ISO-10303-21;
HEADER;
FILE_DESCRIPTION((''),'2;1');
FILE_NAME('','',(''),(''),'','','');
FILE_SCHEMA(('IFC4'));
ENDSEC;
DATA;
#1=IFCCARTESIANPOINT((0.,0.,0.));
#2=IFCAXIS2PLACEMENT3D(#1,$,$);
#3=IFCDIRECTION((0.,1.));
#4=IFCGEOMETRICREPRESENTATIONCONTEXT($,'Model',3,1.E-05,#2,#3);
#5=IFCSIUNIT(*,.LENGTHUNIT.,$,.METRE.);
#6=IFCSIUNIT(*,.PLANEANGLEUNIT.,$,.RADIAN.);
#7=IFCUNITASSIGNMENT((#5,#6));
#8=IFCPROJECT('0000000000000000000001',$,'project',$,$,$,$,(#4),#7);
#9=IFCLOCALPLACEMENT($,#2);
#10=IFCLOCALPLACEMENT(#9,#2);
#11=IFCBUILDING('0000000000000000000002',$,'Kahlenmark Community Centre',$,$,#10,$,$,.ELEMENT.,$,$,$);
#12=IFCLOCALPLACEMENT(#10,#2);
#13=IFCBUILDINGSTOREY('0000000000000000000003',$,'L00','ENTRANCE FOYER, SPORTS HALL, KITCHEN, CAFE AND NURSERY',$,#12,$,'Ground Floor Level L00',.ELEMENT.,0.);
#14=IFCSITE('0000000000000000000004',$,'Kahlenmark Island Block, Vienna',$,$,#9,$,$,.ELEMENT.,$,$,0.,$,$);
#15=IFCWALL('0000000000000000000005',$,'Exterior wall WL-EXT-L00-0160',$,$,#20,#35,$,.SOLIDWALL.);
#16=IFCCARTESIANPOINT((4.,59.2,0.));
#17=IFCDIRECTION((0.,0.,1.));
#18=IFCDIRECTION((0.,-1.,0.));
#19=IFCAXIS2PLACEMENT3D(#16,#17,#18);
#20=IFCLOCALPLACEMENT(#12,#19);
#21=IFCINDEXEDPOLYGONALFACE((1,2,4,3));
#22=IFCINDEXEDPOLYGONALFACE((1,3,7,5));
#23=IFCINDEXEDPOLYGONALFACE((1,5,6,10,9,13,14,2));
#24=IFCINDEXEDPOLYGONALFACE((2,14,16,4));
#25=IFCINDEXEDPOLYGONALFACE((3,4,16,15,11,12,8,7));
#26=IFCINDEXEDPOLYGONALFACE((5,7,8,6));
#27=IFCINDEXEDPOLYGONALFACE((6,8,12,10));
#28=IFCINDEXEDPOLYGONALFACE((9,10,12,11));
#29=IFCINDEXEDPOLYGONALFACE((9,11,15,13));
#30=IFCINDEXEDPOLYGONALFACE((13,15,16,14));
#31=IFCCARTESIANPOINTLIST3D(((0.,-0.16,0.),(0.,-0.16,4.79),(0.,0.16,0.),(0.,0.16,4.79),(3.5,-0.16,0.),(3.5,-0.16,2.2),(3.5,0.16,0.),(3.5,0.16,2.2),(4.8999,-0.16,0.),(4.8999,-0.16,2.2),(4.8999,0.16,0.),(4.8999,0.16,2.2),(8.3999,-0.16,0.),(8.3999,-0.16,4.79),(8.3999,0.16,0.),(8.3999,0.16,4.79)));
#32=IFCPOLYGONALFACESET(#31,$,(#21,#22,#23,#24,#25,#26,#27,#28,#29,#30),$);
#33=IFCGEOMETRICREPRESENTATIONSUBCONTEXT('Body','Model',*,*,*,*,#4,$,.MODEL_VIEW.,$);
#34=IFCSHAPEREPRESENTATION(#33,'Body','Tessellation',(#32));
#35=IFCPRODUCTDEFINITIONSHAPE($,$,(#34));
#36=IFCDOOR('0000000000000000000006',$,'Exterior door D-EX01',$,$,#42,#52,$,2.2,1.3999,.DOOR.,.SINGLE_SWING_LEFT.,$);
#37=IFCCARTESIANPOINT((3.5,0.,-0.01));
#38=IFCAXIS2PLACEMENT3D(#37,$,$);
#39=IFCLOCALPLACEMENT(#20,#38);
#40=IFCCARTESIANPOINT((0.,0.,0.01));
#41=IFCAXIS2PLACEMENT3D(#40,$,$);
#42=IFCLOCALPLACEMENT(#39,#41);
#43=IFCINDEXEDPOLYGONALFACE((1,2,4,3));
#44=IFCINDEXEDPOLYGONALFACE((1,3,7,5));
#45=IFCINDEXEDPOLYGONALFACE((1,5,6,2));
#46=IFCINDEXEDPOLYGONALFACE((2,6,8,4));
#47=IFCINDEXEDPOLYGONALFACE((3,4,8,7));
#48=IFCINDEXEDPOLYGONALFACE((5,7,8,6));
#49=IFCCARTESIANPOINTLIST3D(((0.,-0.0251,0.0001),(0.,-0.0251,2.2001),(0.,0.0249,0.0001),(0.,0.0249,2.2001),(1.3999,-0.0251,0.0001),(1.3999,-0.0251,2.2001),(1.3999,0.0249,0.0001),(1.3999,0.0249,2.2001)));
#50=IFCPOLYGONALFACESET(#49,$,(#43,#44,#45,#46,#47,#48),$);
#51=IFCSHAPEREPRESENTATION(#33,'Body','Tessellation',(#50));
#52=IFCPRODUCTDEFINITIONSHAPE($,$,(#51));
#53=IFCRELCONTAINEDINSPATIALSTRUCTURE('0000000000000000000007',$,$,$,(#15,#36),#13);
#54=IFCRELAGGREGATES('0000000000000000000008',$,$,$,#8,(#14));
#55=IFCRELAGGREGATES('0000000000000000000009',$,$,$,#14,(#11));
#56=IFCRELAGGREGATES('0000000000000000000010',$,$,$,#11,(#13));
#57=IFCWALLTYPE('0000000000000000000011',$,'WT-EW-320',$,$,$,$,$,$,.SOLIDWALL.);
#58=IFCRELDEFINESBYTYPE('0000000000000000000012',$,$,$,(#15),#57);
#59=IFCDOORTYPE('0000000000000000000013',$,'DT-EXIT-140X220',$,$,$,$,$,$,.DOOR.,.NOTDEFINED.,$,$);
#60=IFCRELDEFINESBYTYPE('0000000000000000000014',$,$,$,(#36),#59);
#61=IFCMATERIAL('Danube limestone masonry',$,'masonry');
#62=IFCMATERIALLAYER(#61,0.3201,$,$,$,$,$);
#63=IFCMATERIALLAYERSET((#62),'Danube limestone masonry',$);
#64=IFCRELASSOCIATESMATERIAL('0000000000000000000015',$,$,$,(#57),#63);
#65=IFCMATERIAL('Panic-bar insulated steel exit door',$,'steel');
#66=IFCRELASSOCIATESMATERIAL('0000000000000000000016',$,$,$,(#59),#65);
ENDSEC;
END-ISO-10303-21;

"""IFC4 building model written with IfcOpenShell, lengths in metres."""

from ifc_helpers import new_model, si_unit, direction, frame, frame_2d, origin, place, context, subcontext, project, spatial, rectangle, extrude, material, layer, layer_set, type_object, element, fill, save


model = new_model("IFC4")

# Units and contexts
model_context = context("Model", 3, precision=1e-05, world=origin(), true_north=direction((0.0, 1.0)))
body_context = subcontext(model_context, "Body", "Model", "MODEL_VIEW")
ifc_project = project(units=[si_unit("LENGTHUNIT", "METRE"), si_unit("PLANEANGLEUNIT", "RADIAN")], contexts=[model_context])

# Site, building, storey
site_placement = place(None, origin())
site = spatial("IfcSite", under=ifc_project, at=site_placement, Name="Kahlenmark Island Block, Vienna", CompositionType="ELEMENT", RefElevation=0.0)
building_placement = place(site_placement, origin())
building = spatial("IfcBuilding", under=site, at=building_placement, Name="Kahlenmark Community Centre", CompositionType="ELEMENT")
storey_placement = place(building_placement, origin())
storey = spatial("IfcBuildingStorey", under=building, at=storey_placement, Name="L00", Description="ENTRANCE FOYER, SPORTS HALL, KITCHEN, CAFE AND NURSERY", LongName="Ground Floor Level L00", CompositionType="ELEMENT", Elevation=0.0)

# Wall, opening, door
ifc_material_1 = material(Name="Danube limestone masonry", Category="masonry")
ifc_layer_1 = layer(ifc_material_1, 0.3201)
ifc_layer_set_1 = layer_set([ifc_layer_1], Name="Danube limestone masonry")
wall_type = type_object("IfcWallType", Name="WT-EW-320", PredefinedType="SOLIDWALL", material=ifc_layer_set_1)
wall_1_placement = place(storey_placement, frame((4.0, 59.2, 0.0), z_axis=(0.0, 0.0, 1.0), x_axis=(0.0, -1.0, 0.0)))
wall_1 = element("IfcWall", 1, at=wall_1_placement, inside=storey, type_object=wall_type, Name="Exterior wall WL-EXT-L00-0160", PredefinedType="SOLIDWALL", context=body_context, shape_type="SweptSolid", body=[
    extrude(rectangle(XDim=8.3999, YDim=0.3201, at=frame_2d((4.2, 0.0))), origin(), (0.0, 0.0, 1.0), 4.79),
])
opening_placement = place(wall_1_placement, frame((3.5, 0.0, -0.01)))
opening = element("IfcOpeningElement", 2, at=opening_placement, cuts=wall_1, PredefinedType="OPENING", context=body_context, shape_type="SweptSolid", body=[
    extrude(rectangle(XDim=1.3999, YDim=2.21, at=frame_2d((0.7, 1.105))), frame((0.0, 0.1699, 0.0), z_axis=(0.0, -1.0, 0.0), x_axis=(1.0, 0.0, 0.0)), (0.0, 0.0, 1.0), 0.3401),
])
ifc_material_2 = material(Name="Panic-bar insulated steel exit door", Category="steel")
door_type = type_object("IfcDoorType", Name="DT-EXIT-140X220", OperationType="NOTDEFINED", PredefinedType="DOOR", material=ifc_material_2)
door_placement = place(opening_placement, frame((0.0, 0.0, 0.01)))
door = element("IfcDoor", 3, at=door_placement, inside=storey, type_object=door_type, Name="Exterior door D-EX01", OperationType="SINGLE_SWING_LEFT", OverallHeight=2.2, OverallWidth=1.3999, PredefinedType="DOOR", context=body_context, shape_type="SweptSolid", body=[
    extrude(rectangle(XDim=1.3999, YDim=2.2, at=frame_2d((0.7, 1.1001))), frame((0.0, 0.0249, 0.0), z_axis=(0.0, -1.0, 0.0), x_axis=(1.0, 0.0, 0.0)), (0.0, 0.0, 1.0), 0.05),
])
fill(opening, door)

save(model, "model.ifc")
